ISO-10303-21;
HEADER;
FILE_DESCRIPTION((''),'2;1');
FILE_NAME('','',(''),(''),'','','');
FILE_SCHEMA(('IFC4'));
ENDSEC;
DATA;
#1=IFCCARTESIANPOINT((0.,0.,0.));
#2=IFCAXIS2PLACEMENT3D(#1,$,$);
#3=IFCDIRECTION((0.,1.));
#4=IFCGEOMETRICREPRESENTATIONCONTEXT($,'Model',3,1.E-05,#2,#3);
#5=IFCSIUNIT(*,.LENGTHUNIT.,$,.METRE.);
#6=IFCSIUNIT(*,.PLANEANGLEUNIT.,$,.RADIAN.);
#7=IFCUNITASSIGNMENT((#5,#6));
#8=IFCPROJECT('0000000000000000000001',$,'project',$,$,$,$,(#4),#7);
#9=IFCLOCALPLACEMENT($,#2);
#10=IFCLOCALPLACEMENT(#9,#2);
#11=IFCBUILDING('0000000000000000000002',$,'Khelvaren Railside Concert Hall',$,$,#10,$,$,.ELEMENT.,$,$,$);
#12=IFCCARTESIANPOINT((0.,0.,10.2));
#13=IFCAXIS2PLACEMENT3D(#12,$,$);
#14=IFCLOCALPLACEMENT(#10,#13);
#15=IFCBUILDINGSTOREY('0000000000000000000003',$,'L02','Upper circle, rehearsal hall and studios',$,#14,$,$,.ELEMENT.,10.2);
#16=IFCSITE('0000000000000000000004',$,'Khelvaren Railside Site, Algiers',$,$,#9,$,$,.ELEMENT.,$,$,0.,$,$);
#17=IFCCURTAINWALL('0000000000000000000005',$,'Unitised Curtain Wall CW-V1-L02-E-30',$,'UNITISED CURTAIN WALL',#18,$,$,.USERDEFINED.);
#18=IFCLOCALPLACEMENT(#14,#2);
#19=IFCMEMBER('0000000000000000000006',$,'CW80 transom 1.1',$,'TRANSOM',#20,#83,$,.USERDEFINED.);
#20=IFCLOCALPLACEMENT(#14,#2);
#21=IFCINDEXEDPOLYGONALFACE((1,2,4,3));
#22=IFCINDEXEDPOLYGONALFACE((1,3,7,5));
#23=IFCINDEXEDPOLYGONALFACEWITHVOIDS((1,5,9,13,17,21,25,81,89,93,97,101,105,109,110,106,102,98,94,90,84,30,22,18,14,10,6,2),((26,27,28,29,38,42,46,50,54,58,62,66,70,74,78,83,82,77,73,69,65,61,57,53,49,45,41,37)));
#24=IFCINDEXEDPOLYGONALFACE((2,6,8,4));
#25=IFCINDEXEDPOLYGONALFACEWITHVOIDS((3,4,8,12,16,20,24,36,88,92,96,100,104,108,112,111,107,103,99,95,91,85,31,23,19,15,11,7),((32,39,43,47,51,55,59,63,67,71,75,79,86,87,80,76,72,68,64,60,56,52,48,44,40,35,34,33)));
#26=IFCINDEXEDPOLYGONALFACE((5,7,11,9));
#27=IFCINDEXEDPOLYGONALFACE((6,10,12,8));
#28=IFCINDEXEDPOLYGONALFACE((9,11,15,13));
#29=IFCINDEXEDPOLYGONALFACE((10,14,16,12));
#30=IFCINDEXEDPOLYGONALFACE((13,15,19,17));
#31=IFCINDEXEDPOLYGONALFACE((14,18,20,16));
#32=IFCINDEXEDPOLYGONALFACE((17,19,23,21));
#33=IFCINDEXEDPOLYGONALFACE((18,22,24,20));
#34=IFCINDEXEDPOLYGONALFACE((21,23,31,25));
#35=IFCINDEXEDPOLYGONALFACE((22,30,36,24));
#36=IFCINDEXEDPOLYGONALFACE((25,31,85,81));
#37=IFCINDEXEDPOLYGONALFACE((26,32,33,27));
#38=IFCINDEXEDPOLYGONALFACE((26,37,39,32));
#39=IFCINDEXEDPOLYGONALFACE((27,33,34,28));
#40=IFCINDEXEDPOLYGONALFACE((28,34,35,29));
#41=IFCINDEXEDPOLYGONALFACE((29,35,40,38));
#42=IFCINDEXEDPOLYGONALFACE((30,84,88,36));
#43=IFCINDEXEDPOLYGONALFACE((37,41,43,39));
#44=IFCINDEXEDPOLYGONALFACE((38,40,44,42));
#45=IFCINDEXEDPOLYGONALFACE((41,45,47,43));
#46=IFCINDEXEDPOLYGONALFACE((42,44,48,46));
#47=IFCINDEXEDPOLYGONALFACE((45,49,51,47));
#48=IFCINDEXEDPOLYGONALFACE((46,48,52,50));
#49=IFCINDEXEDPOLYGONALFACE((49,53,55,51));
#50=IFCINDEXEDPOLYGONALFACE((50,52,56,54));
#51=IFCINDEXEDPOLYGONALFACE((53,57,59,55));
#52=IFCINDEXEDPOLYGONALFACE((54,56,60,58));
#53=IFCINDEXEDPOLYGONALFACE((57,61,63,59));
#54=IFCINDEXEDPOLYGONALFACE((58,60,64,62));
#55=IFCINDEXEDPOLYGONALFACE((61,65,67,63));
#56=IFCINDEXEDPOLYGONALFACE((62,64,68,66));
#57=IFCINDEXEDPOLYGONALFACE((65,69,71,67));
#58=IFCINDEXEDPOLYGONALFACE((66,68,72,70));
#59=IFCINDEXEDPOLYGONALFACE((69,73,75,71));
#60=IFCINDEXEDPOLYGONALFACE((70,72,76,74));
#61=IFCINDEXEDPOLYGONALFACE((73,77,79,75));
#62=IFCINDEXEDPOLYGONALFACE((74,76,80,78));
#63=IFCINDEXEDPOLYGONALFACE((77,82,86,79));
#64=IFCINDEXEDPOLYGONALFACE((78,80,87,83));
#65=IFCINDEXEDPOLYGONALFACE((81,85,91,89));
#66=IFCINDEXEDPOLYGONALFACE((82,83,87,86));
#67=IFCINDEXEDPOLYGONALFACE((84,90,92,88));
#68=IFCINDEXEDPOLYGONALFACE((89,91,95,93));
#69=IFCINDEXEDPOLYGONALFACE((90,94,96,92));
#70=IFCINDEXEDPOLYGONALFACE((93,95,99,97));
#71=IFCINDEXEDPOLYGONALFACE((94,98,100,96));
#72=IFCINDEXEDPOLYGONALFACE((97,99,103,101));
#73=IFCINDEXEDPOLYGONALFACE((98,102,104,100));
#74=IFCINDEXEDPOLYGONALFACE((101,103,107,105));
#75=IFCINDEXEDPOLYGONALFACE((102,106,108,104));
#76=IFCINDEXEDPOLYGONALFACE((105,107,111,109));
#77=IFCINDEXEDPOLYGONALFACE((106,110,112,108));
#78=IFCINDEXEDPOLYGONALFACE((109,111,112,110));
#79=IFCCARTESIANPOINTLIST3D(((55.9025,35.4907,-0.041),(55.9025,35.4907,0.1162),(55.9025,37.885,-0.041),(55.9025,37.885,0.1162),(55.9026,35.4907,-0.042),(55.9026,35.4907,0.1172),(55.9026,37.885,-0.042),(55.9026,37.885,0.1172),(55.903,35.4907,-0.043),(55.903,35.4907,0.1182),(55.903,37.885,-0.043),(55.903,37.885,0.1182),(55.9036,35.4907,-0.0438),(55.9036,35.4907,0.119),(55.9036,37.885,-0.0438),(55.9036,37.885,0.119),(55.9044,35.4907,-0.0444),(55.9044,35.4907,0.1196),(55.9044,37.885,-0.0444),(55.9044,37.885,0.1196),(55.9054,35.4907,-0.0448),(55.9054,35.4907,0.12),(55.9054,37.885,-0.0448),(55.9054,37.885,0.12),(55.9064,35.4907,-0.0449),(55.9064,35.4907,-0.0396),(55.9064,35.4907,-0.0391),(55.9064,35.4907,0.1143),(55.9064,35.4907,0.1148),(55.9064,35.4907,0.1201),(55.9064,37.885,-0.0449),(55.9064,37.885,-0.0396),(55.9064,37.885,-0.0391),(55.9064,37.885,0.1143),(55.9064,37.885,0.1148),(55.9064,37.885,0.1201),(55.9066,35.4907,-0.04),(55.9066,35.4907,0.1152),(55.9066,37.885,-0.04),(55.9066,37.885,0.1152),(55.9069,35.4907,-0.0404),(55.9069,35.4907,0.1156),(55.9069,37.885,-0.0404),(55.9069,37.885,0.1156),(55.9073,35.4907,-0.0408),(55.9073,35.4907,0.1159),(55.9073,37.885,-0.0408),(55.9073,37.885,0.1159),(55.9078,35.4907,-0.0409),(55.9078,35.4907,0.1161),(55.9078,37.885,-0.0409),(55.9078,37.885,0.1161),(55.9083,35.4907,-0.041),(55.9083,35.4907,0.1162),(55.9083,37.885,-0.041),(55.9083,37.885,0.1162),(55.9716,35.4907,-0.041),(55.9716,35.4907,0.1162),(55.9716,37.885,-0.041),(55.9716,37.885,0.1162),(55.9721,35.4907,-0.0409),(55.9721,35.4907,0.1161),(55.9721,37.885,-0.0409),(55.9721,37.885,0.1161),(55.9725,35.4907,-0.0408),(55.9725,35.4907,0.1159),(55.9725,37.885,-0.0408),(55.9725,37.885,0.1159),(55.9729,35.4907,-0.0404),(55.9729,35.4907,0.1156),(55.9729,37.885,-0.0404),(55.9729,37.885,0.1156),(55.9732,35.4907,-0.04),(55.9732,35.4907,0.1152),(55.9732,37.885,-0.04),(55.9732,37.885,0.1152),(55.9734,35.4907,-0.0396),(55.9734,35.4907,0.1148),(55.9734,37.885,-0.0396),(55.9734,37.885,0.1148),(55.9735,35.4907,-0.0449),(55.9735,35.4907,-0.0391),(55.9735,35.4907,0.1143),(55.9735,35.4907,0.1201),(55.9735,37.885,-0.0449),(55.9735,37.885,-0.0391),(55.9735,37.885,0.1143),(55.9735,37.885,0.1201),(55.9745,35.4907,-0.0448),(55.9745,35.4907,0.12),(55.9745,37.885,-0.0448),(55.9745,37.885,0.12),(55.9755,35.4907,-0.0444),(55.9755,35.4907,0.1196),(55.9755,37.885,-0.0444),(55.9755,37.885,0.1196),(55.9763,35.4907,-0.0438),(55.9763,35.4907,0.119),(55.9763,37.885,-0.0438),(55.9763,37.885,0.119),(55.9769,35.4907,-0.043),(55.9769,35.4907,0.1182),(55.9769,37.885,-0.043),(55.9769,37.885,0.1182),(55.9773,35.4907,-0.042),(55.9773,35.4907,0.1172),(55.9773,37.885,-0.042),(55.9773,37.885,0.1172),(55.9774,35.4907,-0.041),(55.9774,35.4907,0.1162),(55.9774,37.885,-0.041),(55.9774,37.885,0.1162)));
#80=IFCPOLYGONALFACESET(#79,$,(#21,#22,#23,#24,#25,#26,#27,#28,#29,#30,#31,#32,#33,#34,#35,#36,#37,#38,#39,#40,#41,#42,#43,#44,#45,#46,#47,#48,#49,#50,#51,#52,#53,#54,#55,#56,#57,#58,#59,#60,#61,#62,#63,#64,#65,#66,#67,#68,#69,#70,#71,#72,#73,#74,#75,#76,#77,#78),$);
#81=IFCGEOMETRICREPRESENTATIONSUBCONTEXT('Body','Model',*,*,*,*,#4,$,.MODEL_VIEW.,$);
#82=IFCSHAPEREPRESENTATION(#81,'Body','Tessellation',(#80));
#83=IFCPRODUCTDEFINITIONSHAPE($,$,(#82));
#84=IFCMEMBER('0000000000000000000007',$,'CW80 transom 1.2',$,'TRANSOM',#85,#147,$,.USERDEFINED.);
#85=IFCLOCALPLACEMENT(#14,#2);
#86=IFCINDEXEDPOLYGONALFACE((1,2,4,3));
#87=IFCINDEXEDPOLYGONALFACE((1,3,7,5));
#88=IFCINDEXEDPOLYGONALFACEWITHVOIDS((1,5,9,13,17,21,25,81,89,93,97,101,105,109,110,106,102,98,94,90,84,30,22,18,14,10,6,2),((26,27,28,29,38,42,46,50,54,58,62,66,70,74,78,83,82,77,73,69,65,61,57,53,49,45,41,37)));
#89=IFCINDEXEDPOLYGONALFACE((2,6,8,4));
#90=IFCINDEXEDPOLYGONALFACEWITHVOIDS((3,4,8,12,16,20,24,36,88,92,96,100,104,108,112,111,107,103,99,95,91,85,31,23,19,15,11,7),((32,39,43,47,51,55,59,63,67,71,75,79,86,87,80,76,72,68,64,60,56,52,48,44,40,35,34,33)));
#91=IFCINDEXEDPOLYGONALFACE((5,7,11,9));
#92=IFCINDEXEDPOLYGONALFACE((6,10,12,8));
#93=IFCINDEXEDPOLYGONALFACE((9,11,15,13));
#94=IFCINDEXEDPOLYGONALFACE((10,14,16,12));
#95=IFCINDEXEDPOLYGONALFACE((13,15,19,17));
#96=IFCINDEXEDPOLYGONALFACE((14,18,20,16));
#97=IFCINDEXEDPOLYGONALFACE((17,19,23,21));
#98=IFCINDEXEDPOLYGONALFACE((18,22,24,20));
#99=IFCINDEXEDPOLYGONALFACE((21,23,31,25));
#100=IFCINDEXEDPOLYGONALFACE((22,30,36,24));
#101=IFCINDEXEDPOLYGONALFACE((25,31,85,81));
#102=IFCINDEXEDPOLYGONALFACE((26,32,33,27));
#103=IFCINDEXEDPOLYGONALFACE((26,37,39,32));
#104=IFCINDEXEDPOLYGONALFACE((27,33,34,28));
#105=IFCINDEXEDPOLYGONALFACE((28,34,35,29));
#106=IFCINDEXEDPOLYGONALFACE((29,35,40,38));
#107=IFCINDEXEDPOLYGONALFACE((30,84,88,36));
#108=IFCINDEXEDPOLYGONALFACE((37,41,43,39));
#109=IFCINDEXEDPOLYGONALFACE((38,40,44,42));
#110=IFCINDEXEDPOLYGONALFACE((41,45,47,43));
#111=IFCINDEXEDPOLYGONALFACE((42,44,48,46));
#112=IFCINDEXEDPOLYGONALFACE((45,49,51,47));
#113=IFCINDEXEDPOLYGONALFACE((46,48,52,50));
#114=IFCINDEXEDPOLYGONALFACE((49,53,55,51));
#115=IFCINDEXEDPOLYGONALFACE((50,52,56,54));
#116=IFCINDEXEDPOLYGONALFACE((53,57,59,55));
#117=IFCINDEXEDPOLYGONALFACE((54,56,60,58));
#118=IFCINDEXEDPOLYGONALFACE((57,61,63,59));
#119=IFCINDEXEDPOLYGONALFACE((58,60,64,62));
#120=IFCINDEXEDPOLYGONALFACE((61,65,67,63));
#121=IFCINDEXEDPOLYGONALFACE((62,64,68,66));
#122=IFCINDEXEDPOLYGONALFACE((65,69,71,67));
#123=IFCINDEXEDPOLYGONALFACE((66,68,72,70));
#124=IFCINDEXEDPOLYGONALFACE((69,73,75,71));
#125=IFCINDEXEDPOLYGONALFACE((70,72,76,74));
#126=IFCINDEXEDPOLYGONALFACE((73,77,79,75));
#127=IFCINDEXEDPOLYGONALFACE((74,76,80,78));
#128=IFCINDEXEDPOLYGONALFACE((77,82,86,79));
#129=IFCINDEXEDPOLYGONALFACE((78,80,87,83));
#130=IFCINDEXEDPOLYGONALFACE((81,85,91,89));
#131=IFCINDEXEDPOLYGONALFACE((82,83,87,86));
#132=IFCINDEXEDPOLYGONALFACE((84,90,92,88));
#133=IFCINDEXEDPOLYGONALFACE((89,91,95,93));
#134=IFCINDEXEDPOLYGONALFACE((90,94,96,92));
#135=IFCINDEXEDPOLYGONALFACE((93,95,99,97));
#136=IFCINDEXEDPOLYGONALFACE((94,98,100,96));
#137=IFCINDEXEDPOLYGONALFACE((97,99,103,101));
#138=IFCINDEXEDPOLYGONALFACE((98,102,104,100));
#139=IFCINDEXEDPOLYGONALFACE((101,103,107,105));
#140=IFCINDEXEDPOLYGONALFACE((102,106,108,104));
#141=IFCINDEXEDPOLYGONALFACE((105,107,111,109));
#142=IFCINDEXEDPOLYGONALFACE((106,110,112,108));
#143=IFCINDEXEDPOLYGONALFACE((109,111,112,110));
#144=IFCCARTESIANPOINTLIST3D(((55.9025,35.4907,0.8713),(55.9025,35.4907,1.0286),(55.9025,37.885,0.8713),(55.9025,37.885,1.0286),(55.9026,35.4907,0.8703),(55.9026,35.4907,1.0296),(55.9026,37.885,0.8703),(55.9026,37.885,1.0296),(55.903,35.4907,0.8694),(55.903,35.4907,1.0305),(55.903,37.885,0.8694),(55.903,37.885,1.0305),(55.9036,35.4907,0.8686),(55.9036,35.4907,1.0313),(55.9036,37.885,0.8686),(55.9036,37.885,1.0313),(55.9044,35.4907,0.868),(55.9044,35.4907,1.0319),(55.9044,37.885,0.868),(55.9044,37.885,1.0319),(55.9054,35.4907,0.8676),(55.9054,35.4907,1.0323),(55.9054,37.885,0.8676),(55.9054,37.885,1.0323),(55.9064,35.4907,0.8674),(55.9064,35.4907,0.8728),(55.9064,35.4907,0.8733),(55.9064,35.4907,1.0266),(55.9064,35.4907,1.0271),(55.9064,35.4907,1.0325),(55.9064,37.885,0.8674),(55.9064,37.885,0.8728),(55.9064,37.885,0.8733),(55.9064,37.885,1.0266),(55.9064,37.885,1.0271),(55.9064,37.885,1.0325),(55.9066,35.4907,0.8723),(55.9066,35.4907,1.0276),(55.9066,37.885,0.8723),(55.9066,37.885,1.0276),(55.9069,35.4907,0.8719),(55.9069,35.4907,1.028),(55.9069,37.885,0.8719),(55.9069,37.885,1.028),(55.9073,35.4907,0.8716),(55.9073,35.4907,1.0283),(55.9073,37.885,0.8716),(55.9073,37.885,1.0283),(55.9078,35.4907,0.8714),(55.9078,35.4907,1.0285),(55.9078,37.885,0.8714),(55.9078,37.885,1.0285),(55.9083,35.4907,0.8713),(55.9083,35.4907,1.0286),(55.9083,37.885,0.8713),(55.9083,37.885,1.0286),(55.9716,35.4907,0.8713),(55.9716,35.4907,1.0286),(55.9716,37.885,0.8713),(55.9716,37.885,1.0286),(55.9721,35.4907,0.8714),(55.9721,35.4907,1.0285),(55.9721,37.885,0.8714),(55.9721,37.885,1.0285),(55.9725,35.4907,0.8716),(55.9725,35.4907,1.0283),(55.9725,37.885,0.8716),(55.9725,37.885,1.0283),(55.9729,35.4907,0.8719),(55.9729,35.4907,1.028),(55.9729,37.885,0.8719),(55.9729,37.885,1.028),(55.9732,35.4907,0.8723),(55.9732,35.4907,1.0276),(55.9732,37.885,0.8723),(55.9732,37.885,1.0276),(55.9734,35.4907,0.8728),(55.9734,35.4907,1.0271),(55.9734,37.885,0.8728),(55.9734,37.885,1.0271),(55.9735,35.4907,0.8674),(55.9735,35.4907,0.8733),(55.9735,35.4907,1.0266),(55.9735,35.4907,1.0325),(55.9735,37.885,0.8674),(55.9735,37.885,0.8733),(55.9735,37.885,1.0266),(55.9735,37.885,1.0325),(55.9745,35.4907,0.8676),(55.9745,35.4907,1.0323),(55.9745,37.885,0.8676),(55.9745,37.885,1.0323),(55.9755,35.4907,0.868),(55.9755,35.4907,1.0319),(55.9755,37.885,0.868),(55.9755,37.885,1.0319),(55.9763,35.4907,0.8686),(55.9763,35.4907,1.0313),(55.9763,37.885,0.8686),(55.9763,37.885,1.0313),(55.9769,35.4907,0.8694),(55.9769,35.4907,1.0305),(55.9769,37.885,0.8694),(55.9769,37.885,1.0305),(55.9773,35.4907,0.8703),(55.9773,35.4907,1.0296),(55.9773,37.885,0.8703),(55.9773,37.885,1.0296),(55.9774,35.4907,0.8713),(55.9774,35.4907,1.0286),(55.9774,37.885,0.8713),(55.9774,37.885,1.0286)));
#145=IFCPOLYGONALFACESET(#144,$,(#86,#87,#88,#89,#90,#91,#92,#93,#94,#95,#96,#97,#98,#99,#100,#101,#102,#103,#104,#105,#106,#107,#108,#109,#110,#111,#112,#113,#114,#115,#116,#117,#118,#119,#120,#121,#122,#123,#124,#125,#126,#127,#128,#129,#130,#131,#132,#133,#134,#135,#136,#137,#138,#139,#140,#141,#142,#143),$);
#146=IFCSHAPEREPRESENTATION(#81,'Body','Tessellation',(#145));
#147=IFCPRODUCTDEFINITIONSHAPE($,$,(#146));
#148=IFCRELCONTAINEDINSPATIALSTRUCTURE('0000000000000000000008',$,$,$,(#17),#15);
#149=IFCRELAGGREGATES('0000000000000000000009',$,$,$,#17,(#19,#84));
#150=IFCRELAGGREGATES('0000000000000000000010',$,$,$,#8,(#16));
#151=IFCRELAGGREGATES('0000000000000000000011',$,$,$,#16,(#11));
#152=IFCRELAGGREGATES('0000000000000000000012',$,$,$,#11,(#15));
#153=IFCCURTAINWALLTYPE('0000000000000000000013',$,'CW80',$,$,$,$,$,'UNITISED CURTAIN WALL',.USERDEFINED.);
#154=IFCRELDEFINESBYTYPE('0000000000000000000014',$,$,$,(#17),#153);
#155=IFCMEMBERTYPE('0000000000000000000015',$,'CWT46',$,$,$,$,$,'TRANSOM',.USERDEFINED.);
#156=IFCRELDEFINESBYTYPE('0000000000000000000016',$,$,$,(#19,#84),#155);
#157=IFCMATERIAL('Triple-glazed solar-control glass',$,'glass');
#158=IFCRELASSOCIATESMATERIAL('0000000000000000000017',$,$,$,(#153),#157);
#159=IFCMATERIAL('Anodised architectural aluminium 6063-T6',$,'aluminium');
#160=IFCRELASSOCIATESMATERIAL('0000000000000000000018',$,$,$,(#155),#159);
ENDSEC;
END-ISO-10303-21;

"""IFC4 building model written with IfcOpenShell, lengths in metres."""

from ifc_helpers import new_model, si_unit, direction, frame, origin, origin_2d, place, context, subcontext, project, spatial, hollow_rectangle, extrude, material, material_profile, profile_set, type_object, element, aggregate, save


model = new_model("IFC4")

# Units and contexts
model_context = context("Model", 3, precision=1e-05, world=origin(), true_north=direction((0.0, 1.0)))
body_context = subcontext(model_context, "Body", "Model", "MODEL_VIEW")
ifc_project = project(units=[si_unit("LENGTHUNIT", "METRE"), si_unit("PLANEANGLEUNIT", "RADIAN")], contexts=[model_context])

# Site, building, storey
site_placement = place(None, origin())
site = spatial("IfcSite", under=ifc_project, at=site_placement, Name="Khelvaren Railside Site, Algiers", CompositionType="ELEMENT", RefElevation=0.0)
building_placement = place(site_placement, origin())
building = spatial("IfcBuilding", under=site, at=building_placement, Name="Khelvaren Railside Concert Hall", CompositionType="ELEMENT")
storey_placement = place(building_placement, frame((0.0, 0.0, 10.2)))
storey = spatial("IfcBuildingStorey", under=building, at=storey_placement, Name="L02", Description="Upper circle, rehearsal hall and studios", CompositionType="ELEMENT", Elevation=10.2)

# Curtain wall, members
ifc_material_1 = material(Name="Triple-glazed solar-control glass", Category="glass")
curtain_wall_type = type_object("IfcCurtainWallType", Name="CW80", ElementType="UNITISED CURTAIN WALL", PredefinedType="USERDEFINED", material=ifc_material_1)
curtain_wall_placement = place(storey_placement, origin())
curtain_wall = element("IfcCurtainWall", 1, at=curtain_wall_placement, inside=storey, type_object=curtain_wall_type, Name="Unitised Curtain Wall CW-V1-L02-E-30", ObjectType="UNITISED CURTAIN WALL", PredefinedType="USERDEFINED")
ifc_material_2 = material(Name="Anodised architectural aluminium 6063-T6", Category="aluminium")
ifc_material_profile_1 = material_profile(ifc_material_2, hollow_rectangle(XDim=0.075, YDim=0.165, WallThickness=0.0039, InnerFilletRadius=0.002, OuterFilletRadius=0.0039, at=origin_2d()), Name="CWT 75x165x4")
ifc_profile_set_1 = profile_set([ifc_material_profile_1], Name="Anodised architectural aluminium 6063-T6")
member_type_1 = type_object("IfcMemberType", Name="CWT46", ElementType="TRANSOM", PredefinedType="USERDEFINED", material=ifc_profile_set_1)
member_1_placement = place(storey_placement, frame((55.9399, 37.885, 0.0376), z_axis=(0.0, -1.0, 0.0), x_axis=(1.0, 0.0, 0.0)))
member_1 = element("IfcMember", 2, at=member_1_placement, type_object=member_type_1, Name="CW80 transom 1.1", ObjectType="TRANSOM", PredefinedType="USERDEFINED", context=body_context, shape_type="SweptSolid", body=[
    extrude(hollow_rectangle(XDim=0.075, YDim=0.165, WallThickness=0.0039, InnerFilletRadius=0.002, OuterFilletRadius=0.0039, at=origin_2d()), origin(), (0.0, 0.0, 1.0), 2.3943),
])
member_2_placement = place(storey_placement, frame((55.9399, 37.885, 0.95), z_axis=(0.0, -1.0, 0.0), x_axis=(1.0, 0.0, 0.0)))
member_2 = element("IfcMember", 3, at=member_2_placement, type_object=member_type_1, Name="CW80 transom 1.2", ObjectType="TRANSOM", PredefinedType="USERDEFINED", context=body_context, shape_type="SweptSolid", body=[
    extrude(hollow_rectangle(XDim=0.075, YDim=0.165, WallThickness=0.0039, InnerFilletRadius=0.002, OuterFilletRadius=0.0039, at=origin_2d()), origin(), (0.0, 0.0, 1.0), 2.3943),
])

aggregate(curtain_wall, [member_1, member_2])

save(model, "model.ifc")
